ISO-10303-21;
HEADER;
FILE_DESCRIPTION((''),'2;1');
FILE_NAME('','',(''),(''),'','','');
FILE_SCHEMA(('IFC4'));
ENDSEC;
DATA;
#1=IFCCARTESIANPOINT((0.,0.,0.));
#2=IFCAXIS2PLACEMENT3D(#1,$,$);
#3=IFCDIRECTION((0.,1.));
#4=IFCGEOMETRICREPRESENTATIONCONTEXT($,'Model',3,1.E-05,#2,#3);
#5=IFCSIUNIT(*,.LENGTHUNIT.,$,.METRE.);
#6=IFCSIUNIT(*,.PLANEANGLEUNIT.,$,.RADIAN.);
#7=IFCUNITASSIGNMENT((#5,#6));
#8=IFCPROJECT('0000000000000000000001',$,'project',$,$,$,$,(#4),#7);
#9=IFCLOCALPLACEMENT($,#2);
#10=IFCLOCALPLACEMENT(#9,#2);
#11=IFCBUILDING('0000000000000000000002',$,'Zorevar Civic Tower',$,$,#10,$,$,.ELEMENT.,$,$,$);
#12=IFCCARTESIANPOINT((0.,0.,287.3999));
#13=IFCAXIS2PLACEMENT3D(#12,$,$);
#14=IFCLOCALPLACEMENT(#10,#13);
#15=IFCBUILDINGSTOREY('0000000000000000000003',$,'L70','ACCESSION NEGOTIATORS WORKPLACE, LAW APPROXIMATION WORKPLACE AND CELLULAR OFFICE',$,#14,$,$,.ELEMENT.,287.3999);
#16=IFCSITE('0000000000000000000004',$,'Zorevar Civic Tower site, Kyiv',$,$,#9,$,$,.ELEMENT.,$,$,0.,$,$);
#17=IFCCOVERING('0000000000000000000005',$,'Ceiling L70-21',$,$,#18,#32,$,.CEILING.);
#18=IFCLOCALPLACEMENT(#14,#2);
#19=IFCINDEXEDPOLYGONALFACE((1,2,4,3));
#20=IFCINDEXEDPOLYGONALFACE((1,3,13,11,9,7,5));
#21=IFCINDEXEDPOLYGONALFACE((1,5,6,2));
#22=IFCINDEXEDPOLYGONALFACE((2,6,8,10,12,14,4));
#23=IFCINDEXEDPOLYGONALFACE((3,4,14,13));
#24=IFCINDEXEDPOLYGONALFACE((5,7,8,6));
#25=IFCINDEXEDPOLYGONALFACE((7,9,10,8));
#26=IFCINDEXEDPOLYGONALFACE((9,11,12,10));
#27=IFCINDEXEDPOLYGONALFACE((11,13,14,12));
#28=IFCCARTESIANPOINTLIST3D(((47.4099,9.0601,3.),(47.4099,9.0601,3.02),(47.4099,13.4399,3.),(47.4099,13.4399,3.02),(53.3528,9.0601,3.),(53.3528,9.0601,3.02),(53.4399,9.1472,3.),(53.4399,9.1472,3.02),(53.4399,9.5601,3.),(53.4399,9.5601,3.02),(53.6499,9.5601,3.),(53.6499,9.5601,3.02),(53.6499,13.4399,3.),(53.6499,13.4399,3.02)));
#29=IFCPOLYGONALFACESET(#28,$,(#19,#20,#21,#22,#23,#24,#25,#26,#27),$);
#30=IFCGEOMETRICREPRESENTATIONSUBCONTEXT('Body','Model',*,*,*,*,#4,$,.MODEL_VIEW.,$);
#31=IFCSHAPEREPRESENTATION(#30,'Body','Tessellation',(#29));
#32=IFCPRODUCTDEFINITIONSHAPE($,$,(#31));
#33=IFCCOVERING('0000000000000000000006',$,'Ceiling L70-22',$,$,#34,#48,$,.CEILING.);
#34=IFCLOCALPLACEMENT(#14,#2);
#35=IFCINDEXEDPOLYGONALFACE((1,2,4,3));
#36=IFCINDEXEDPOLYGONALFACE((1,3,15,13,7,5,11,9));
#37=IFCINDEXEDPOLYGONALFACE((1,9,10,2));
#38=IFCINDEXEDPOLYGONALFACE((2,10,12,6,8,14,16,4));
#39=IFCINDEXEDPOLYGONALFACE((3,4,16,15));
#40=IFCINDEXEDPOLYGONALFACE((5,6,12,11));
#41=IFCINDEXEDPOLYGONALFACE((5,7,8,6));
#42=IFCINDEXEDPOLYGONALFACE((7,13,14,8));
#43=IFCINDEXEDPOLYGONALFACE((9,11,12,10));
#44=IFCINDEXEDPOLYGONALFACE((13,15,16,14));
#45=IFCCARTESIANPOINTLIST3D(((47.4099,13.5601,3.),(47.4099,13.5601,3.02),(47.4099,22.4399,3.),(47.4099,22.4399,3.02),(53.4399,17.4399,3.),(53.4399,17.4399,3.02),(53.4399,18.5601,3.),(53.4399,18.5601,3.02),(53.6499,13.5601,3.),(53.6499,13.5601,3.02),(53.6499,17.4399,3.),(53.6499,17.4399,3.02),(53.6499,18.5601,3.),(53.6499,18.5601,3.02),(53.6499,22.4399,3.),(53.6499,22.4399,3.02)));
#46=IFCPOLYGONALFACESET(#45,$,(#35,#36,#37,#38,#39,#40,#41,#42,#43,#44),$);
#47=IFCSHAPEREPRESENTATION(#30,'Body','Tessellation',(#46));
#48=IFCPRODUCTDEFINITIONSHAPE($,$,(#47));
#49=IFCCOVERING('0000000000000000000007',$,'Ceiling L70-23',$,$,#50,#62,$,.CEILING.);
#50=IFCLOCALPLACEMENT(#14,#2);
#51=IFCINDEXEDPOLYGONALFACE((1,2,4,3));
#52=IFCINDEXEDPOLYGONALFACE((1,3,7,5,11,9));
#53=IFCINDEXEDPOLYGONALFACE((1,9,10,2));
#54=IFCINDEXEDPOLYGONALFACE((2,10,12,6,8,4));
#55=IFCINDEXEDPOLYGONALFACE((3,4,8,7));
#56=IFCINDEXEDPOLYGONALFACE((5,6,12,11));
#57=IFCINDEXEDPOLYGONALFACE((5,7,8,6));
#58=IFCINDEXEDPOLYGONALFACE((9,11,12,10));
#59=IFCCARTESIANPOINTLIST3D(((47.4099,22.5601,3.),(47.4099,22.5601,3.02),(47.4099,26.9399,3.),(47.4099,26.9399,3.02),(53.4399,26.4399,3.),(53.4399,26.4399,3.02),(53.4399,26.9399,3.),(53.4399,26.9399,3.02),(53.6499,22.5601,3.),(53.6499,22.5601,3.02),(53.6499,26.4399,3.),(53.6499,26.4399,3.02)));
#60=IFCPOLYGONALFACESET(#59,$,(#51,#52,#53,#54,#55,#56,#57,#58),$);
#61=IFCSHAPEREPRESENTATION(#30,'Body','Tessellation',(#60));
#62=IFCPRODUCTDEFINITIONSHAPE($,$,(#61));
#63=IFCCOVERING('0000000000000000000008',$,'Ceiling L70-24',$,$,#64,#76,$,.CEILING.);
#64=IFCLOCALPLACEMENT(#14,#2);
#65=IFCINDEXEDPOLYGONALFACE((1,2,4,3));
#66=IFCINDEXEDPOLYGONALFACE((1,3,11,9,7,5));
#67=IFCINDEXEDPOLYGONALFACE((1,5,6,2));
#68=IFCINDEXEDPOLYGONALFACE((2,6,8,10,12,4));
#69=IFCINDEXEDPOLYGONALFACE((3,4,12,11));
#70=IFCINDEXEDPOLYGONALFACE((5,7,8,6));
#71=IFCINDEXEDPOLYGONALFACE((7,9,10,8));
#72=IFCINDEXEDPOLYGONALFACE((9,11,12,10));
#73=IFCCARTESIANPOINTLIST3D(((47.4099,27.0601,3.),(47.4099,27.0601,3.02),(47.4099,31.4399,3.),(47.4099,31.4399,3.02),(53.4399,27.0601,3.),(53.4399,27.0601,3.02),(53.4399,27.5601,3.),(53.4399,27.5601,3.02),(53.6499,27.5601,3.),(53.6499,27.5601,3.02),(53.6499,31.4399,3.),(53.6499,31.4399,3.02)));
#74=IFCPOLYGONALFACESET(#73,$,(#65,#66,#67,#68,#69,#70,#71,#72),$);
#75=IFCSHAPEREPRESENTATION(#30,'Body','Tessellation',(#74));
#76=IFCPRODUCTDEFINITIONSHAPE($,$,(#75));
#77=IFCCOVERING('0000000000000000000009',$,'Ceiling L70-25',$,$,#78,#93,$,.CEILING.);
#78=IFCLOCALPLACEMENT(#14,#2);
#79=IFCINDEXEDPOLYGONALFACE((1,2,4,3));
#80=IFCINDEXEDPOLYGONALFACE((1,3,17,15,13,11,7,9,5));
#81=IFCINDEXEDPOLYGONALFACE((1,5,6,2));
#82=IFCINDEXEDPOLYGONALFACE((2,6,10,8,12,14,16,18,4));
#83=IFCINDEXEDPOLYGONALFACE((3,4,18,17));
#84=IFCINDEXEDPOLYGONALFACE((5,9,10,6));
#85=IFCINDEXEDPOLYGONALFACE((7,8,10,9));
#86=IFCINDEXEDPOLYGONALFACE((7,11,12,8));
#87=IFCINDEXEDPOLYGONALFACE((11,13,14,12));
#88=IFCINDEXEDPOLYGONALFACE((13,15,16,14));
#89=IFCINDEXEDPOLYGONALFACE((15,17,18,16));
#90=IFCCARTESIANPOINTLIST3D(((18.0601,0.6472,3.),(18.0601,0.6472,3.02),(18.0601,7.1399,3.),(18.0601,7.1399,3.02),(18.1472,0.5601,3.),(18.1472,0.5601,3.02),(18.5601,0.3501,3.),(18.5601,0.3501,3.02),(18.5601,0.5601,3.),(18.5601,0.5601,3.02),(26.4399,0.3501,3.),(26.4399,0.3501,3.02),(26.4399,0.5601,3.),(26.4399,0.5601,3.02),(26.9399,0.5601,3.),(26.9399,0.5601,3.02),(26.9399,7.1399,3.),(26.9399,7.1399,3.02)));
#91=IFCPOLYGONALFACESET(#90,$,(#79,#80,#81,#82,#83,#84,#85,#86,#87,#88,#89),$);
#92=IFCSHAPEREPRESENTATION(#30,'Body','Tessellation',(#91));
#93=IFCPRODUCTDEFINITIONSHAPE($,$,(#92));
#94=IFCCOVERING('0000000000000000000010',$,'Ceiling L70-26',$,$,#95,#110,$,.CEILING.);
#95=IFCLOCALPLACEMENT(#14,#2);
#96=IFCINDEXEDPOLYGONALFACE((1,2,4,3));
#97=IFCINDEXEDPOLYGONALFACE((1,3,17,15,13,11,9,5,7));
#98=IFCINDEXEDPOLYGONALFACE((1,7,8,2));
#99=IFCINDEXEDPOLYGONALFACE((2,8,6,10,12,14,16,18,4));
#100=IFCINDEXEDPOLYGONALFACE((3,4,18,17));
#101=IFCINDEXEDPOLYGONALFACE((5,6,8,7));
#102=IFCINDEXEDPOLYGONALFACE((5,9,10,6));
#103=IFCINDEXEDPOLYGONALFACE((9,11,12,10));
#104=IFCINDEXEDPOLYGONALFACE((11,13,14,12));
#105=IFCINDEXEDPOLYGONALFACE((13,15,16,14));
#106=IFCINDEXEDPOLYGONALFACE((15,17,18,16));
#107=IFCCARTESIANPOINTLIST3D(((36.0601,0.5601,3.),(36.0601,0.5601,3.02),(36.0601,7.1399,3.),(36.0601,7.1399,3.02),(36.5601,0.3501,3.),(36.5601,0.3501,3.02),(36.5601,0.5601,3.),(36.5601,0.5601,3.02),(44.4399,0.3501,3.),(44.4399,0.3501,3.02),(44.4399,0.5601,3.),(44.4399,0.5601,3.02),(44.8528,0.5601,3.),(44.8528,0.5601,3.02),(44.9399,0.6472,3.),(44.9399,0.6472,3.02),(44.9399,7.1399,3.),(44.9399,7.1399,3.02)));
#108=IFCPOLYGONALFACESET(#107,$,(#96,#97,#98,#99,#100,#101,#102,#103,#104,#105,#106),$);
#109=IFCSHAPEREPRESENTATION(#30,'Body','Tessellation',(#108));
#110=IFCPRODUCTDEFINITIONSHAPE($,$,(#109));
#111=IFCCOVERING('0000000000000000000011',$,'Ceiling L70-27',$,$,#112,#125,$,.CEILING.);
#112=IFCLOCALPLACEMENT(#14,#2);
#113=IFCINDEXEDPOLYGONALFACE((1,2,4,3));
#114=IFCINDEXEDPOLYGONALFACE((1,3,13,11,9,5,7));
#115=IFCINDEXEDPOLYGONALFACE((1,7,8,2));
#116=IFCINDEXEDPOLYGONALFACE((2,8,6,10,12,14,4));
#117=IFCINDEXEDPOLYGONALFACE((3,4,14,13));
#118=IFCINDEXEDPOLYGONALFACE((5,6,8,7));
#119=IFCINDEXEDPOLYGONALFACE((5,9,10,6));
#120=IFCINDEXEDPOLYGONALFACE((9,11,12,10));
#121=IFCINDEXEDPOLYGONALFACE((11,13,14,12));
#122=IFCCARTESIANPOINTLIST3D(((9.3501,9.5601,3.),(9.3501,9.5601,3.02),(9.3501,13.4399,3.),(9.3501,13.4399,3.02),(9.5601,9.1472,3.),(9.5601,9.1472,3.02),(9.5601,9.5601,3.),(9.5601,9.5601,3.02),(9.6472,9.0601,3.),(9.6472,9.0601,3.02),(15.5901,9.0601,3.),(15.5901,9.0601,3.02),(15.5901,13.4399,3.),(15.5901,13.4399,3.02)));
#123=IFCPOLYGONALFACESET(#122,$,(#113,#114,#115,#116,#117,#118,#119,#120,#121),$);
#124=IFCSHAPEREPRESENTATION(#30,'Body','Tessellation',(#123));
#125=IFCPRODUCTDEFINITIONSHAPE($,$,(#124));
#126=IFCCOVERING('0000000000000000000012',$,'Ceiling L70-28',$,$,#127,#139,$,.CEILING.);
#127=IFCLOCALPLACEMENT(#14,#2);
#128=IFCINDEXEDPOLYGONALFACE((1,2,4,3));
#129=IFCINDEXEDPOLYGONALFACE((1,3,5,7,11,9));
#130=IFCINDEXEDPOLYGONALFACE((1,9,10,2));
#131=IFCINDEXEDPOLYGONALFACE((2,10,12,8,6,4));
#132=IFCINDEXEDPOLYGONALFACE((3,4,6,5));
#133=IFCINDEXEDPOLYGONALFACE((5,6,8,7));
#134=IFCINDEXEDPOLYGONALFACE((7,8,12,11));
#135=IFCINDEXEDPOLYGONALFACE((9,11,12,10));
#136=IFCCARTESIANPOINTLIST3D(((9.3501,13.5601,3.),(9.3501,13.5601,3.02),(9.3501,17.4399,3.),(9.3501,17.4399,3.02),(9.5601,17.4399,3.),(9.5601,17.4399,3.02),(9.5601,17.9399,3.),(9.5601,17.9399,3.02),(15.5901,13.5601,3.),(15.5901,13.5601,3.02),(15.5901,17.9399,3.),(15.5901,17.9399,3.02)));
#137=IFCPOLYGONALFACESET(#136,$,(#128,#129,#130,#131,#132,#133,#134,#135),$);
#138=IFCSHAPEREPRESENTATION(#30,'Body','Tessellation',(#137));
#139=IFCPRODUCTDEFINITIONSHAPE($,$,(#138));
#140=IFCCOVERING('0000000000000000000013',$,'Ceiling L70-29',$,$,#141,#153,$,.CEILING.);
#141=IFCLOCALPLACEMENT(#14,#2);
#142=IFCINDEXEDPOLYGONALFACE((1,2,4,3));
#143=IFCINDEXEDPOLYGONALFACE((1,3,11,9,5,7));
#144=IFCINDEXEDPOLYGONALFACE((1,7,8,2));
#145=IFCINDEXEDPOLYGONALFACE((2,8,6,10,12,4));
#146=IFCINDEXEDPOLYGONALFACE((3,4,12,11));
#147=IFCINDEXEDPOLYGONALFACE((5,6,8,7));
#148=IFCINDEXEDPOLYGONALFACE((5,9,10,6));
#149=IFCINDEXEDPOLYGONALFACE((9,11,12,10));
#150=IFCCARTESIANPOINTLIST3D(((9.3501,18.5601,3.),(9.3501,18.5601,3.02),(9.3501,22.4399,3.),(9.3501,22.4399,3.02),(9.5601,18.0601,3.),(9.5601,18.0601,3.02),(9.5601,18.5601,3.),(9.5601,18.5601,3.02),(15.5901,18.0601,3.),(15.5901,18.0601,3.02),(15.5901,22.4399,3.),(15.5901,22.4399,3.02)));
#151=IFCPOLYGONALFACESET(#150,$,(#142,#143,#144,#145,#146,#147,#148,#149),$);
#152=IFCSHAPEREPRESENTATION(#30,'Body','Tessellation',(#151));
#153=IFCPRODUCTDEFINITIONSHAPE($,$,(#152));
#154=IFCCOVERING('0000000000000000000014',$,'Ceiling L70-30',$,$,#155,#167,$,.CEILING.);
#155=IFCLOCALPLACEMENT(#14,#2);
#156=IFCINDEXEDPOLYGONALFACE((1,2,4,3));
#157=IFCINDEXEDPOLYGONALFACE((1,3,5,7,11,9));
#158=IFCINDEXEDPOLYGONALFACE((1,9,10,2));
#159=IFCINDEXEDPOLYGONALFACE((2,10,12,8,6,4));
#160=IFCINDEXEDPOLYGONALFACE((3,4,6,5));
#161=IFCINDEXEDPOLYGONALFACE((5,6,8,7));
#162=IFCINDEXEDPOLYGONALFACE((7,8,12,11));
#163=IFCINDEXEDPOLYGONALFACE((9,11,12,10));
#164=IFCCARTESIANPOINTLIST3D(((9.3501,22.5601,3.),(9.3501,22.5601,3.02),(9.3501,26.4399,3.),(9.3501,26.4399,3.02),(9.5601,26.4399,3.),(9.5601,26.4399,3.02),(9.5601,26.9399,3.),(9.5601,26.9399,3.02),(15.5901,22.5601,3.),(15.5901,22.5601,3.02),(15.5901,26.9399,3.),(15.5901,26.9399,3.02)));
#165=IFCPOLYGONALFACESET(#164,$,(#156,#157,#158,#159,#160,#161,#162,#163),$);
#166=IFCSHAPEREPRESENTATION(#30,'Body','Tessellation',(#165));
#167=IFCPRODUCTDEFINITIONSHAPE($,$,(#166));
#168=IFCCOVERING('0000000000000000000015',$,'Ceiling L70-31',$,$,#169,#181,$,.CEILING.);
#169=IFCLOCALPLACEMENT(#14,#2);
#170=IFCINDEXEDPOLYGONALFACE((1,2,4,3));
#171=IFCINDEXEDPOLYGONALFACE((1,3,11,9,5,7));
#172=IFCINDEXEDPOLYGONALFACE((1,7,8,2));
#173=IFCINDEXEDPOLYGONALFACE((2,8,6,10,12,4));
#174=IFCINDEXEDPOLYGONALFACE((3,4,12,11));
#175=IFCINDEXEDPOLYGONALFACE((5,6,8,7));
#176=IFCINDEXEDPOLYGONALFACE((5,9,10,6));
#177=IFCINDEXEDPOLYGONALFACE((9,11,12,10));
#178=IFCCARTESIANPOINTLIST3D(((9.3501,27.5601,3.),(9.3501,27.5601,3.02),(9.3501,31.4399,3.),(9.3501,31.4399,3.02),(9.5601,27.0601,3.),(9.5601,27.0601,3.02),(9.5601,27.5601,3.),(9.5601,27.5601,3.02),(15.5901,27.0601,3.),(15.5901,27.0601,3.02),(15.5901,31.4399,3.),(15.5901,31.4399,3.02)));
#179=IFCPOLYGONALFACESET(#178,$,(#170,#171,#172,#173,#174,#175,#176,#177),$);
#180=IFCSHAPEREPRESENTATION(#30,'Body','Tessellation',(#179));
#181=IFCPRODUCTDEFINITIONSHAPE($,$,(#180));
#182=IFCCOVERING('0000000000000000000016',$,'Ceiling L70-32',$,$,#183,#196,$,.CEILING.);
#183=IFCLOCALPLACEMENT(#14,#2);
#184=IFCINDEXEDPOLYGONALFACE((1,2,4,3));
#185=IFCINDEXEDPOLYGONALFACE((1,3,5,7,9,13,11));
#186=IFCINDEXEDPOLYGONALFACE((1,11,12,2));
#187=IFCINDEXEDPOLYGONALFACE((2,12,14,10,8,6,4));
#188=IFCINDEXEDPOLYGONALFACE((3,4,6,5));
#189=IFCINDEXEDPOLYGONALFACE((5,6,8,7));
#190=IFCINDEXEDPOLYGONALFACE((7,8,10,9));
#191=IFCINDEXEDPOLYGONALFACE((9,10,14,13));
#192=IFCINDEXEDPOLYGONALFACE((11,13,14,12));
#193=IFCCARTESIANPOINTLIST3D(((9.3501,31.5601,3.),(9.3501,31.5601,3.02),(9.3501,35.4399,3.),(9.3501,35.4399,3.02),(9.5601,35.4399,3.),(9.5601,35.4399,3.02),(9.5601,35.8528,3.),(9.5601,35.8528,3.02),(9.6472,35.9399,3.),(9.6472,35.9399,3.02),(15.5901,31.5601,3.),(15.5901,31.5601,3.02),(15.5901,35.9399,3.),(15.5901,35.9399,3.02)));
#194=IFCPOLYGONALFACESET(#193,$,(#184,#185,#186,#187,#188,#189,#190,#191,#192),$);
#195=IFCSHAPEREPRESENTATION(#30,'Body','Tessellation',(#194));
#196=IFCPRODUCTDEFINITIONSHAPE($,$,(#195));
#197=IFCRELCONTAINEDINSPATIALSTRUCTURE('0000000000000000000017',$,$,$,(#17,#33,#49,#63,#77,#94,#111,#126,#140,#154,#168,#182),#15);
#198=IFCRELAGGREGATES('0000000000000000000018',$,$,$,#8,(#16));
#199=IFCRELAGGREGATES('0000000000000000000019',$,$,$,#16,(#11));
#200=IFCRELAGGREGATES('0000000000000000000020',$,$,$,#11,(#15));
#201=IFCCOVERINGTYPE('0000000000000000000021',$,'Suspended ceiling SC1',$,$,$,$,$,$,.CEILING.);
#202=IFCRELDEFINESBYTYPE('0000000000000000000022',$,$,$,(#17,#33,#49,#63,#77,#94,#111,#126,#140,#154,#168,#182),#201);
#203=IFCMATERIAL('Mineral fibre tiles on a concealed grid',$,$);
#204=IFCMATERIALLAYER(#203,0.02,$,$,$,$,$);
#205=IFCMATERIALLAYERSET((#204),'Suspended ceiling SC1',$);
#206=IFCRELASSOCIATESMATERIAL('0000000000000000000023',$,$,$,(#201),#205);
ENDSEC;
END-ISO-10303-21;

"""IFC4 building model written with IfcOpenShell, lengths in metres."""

from ifc_helpers import new_model, si_unit, direction, frame, origin, place, context, subcontext, project, spatial, polyline, outline, extrude, material, layer, layer_set, type_object, element, save


model = new_model("IFC4")

# Units and contexts
model_context = context("Model", 3, precision=1e-05, world=origin(), true_north=direction((0.0, 1.0)))
body_context = subcontext(model_context, "Body", "Model", "MODEL_VIEW")
ifc_project = project(units=[si_unit("LENGTHUNIT", "METRE"), si_unit("PLANEANGLEUNIT", "RADIAN")], contexts=[model_context])

# Site, building, storey
site_placement = place(None, origin())
site = spatial("IfcSite", under=ifc_project, at=site_placement, Name="Zorevar Civic Tower site, Kyiv", CompositionType="ELEMENT", RefElevation=0.0)
building_placement = place(site_placement, origin())
building = spatial("IfcBuilding", under=site, at=building_placement, Name="Zorevar Civic Tower", CompositionType="ELEMENT")
storey_placement = place(building_placement, frame((0.0, 0.0, 287.3999)))
storey = spatial("IfcBuildingStorey", under=building, at=storey_placement, Name="L70", Description="ACCESSION NEGOTIATORS WORKPLACE, LAW APPROXIMATION WORKPLACE AND CELLULAR OFFICE", CompositionType="ELEMENT", Elevation=287.3999)

# Coverings
ifc_material_1 = material(Name="Mineral fibre tiles on a concealed grid")
ifc_layer_1 = layer(ifc_material_1, 0.02)
ifc_layer_set_1 = layer_set([ifc_layer_1], Name="Suspended ceiling SC1")
covering_type_1 = type_object("IfcCoveringType", Name="Suspended ceiling SC1", PredefinedType="CEILING", material=ifc_layer_set_1)
covering_1_placement = place(storey_placement, frame((0.0, 0.0, 3.0)))
element("IfcCovering", 1, at=covering_1_placement, inside=storey, type_object=covering_type_1, Name="Ceiling L70-21", PredefinedType="CEILING", context=body_context, shape_type="SweptSolid", body=[
    extrude(outline(polyline([(53.6499, 13.4399), (53.6499, 9.5601), (53.4399, 9.5601), (53.4399, 9.1472), (53.3528, 9.0601), (47.4099, 9.0601), (47.4099, 13.4399), (53.6499, 13.4399)])), origin(), (0.0, 0.0, 1.0), 0.02),
])
covering_2_placement = place(storey_placement, frame((0.0, 0.0, 3.0)))
element("IfcCovering", 2, at=covering_2_placement, inside=storey, type_object=covering_type_1, Name="Ceiling L70-22", PredefinedType="CEILING", context=body_context, shape_type="SweptSolid", body=[
    extrude(outline(polyline([(47.4099, 22.4399), (53.6499, 22.4399), (53.6499, 18.5601), (53.4399, 18.5601), (53.4399, 17.4399), (53.6499, 17.4399), (53.6499, 13.5601), (47.4099, 13.5601), (47.4099, 22.4399)])), origin(), (0.0, 0.0, 1.0), 0.02),
])
covering_3_placement = place(storey_placement, frame((0.0, 0.0, 3.0)))
element("IfcCovering", 3, at=covering_3_placement, inside=storey, type_object=covering_type_1, Name="Ceiling L70-23", PredefinedType="CEILING", context=body_context, shape_type="SweptSolid", body=[
    extrude(outline(polyline([(47.4099, 26.9399), (53.4399, 26.9399), (53.4399, 26.4399), (53.6499, 26.4399), (53.6499, 22.5601), (47.4099, 22.5601), (47.4099, 26.9399)])), origin(), (0.0, 0.0, 1.0), 0.02),
])
covering_4_placement = place(storey_placement, frame((0.0, 0.0, 3.0)))
element("IfcCovering", 4, at=covering_4_placement, inside=storey, type_object=covering_type_1, Name="Ceiling L70-24", PredefinedType="CEILING", context=body_context, shape_type="SweptSolid", body=[
    extrude(outline(polyline([(47.4099, 31.4399), (53.6499, 31.4399), (53.6499, 27.5601), (53.4399, 27.5601), (53.4399, 27.0601), (47.4099, 27.0601), (47.4099, 31.4399)])), origin(), (0.0, 0.0, 1.0), 0.02),
])
covering_5_placement = place(storey_placement, frame((0.0, 0.0, 3.0)))
element("IfcCovering", 5, at=covering_5_placement, inside=storey, type_object=covering_type_1, Name="Ceiling L70-25", PredefinedType="CEILING", context=body_context, shape_type="SweptSolid", body=[
    extrude(outline(polyline([(18.5601, 0.5601), (18.1472, 0.5601), (18.0601, 0.6472), (18.0601, 7.1399), (26.9399, 7.1399), (26.9399, 0.5601), (26.4399, 0.5601), (26.4399, 0.3501), (18.5601, 0.3501), (18.5601, 0.5601)])), origin(), (0.0, 0.0, 1.0), 0.02),
])
covering_6_placement = place(storey_placement, frame((0.0, 0.0, 3.0)))
element("IfcCovering", 6, at=covering_6_placement, inside=storey, type_object=covering_type_1, Name="Ceiling L70-26", PredefinedType="CEILING", context=body_context, shape_type="SweptSolid", body=[
    extrude(outline(polyline([(36.5601, 0.5601), (36.0601, 0.5601), (36.0601, 7.1399), (44.9399, 7.1399), (44.9399, 0.6472), (44.8528, 0.5601), (44.4399, 0.5601), (44.4399, 0.3501), (36.5601, 0.3501), (36.5601, 0.5601)])), origin(), (0.0, 0.0, 1.0), 0.02),
])
covering_7_placement = place(storey_placement, frame((0.0, 0.0, 3.0)))
element("IfcCovering", 7, at=covering_7_placement, inside=storey, type_object=covering_type_1, Name="Ceiling L70-27", PredefinedType="CEILING", context=body_context, shape_type="SweptSolid", body=[
    extrude(outline(polyline([(9.6472, 9.0601), (9.5601, 9.1472), (9.5601, 9.5601), (9.3501, 9.5601), (9.3501, 13.4399), (15.5901, 13.4399), (15.5901, 9.0601), (9.6472, 9.0601)])), origin(), (0.0, 0.0, 1.0), 0.02),
])
covering_8_placement = place(storey_placement, frame((0.0, 0.0, 3.0)))
element("IfcCovering", 8, at=covering_8_placement, inside=storey, type_object=covering_type_1, Name="Ceiling L70-28", PredefinedType="CEILING", context=body_context, shape_type="SweptSolid", body=[
    extrude(outline(polyline([(15.5901, 13.5601), (9.3501, 13.5601), (9.3501, 17.4399), (9.5601, 17.4399), (9.5601, 17.9399), (15.5901, 17.9399), (15.5901, 13.5601)])), origin(), (0.0, 0.0, 1.0), 0.02),
])
covering_9_placement = place(storey_placement, frame((0.0, 0.0, 3.0)))
element("IfcCovering", 9, at=covering_9_placement, inside=storey, type_object=covering_type_1, Name="Ceiling L70-29", PredefinedType="CEILING", context=body_context, shape_type="SweptSolid", body=[
    extrude(outline(polyline([(15.5901, 18.0601), (9.5601, 18.0601), (9.5601, 18.5601), (9.3501, 18.5601), (9.3501, 22.4399), (15.5901, 22.4399), (15.5901, 18.0601)])), origin(), (0.0, 0.0, 1.0), 0.02),
])
covering_10_placement = place(storey_placement, frame((0.0, 0.0, 3.0)))
element("IfcCovering", 10, at=covering_10_placement, inside=storey, type_object=covering_type_1, Name="Ceiling L70-30", PredefinedType="CEILING", context=body_context, shape_type="SweptSolid", body=[
    extrude(outline(polyline([(15.5901, 22.5601), (9.3501, 22.5601), (9.3501, 26.4399), (9.5601, 26.4399), (9.5601, 26.9399), (15.5901, 26.9399), (15.5901, 22.5601)])), origin(), (0.0, 0.0, 1.0), 0.02),
])
covering_11_placement = place(storey_placement, frame((0.0, 0.0, 3.0)))
element("IfcCovering", 11, at=covering_11_placement, inside=storey, type_object=covering_type_1, Name="Ceiling L70-31", PredefinedType="CEILING", context=body_context, shape_type="SweptSolid", body=[
    extrude(outline(polyline([(15.5901, 27.0601), (9.5601, 27.0601), (9.5601, 27.5601), (9.3501, 27.5601), (9.3501, 31.4399), (15.5901, 31.4399), (15.5901, 27.0601)])), origin(), (0.0, 0.0, 1.0), 0.02),
])
covering_12_placement = place(storey_placement, frame((0.0, 0.0, 3.0)))
element("IfcCovering", 12, at=covering_12_placement, inside=storey, type_object=covering_type_1, Name="Ceiling L70-32", PredefinedType="CEILING", context=body_context, shape_type="SweptSolid", body=[
    extrude(outline(polyline([(9.3501, 31.5601), (9.3501, 35.4399), (9.5601, 35.4399), (9.5601, 35.8528), (9.6472, 35.9399), (15.5901, 35.9399), (15.5901, 31.5601), (9.3501, 31.5601)])), origin(), (0.0, 0.0, 1.0), 0.02),
])

save(model, "model.ifc")
